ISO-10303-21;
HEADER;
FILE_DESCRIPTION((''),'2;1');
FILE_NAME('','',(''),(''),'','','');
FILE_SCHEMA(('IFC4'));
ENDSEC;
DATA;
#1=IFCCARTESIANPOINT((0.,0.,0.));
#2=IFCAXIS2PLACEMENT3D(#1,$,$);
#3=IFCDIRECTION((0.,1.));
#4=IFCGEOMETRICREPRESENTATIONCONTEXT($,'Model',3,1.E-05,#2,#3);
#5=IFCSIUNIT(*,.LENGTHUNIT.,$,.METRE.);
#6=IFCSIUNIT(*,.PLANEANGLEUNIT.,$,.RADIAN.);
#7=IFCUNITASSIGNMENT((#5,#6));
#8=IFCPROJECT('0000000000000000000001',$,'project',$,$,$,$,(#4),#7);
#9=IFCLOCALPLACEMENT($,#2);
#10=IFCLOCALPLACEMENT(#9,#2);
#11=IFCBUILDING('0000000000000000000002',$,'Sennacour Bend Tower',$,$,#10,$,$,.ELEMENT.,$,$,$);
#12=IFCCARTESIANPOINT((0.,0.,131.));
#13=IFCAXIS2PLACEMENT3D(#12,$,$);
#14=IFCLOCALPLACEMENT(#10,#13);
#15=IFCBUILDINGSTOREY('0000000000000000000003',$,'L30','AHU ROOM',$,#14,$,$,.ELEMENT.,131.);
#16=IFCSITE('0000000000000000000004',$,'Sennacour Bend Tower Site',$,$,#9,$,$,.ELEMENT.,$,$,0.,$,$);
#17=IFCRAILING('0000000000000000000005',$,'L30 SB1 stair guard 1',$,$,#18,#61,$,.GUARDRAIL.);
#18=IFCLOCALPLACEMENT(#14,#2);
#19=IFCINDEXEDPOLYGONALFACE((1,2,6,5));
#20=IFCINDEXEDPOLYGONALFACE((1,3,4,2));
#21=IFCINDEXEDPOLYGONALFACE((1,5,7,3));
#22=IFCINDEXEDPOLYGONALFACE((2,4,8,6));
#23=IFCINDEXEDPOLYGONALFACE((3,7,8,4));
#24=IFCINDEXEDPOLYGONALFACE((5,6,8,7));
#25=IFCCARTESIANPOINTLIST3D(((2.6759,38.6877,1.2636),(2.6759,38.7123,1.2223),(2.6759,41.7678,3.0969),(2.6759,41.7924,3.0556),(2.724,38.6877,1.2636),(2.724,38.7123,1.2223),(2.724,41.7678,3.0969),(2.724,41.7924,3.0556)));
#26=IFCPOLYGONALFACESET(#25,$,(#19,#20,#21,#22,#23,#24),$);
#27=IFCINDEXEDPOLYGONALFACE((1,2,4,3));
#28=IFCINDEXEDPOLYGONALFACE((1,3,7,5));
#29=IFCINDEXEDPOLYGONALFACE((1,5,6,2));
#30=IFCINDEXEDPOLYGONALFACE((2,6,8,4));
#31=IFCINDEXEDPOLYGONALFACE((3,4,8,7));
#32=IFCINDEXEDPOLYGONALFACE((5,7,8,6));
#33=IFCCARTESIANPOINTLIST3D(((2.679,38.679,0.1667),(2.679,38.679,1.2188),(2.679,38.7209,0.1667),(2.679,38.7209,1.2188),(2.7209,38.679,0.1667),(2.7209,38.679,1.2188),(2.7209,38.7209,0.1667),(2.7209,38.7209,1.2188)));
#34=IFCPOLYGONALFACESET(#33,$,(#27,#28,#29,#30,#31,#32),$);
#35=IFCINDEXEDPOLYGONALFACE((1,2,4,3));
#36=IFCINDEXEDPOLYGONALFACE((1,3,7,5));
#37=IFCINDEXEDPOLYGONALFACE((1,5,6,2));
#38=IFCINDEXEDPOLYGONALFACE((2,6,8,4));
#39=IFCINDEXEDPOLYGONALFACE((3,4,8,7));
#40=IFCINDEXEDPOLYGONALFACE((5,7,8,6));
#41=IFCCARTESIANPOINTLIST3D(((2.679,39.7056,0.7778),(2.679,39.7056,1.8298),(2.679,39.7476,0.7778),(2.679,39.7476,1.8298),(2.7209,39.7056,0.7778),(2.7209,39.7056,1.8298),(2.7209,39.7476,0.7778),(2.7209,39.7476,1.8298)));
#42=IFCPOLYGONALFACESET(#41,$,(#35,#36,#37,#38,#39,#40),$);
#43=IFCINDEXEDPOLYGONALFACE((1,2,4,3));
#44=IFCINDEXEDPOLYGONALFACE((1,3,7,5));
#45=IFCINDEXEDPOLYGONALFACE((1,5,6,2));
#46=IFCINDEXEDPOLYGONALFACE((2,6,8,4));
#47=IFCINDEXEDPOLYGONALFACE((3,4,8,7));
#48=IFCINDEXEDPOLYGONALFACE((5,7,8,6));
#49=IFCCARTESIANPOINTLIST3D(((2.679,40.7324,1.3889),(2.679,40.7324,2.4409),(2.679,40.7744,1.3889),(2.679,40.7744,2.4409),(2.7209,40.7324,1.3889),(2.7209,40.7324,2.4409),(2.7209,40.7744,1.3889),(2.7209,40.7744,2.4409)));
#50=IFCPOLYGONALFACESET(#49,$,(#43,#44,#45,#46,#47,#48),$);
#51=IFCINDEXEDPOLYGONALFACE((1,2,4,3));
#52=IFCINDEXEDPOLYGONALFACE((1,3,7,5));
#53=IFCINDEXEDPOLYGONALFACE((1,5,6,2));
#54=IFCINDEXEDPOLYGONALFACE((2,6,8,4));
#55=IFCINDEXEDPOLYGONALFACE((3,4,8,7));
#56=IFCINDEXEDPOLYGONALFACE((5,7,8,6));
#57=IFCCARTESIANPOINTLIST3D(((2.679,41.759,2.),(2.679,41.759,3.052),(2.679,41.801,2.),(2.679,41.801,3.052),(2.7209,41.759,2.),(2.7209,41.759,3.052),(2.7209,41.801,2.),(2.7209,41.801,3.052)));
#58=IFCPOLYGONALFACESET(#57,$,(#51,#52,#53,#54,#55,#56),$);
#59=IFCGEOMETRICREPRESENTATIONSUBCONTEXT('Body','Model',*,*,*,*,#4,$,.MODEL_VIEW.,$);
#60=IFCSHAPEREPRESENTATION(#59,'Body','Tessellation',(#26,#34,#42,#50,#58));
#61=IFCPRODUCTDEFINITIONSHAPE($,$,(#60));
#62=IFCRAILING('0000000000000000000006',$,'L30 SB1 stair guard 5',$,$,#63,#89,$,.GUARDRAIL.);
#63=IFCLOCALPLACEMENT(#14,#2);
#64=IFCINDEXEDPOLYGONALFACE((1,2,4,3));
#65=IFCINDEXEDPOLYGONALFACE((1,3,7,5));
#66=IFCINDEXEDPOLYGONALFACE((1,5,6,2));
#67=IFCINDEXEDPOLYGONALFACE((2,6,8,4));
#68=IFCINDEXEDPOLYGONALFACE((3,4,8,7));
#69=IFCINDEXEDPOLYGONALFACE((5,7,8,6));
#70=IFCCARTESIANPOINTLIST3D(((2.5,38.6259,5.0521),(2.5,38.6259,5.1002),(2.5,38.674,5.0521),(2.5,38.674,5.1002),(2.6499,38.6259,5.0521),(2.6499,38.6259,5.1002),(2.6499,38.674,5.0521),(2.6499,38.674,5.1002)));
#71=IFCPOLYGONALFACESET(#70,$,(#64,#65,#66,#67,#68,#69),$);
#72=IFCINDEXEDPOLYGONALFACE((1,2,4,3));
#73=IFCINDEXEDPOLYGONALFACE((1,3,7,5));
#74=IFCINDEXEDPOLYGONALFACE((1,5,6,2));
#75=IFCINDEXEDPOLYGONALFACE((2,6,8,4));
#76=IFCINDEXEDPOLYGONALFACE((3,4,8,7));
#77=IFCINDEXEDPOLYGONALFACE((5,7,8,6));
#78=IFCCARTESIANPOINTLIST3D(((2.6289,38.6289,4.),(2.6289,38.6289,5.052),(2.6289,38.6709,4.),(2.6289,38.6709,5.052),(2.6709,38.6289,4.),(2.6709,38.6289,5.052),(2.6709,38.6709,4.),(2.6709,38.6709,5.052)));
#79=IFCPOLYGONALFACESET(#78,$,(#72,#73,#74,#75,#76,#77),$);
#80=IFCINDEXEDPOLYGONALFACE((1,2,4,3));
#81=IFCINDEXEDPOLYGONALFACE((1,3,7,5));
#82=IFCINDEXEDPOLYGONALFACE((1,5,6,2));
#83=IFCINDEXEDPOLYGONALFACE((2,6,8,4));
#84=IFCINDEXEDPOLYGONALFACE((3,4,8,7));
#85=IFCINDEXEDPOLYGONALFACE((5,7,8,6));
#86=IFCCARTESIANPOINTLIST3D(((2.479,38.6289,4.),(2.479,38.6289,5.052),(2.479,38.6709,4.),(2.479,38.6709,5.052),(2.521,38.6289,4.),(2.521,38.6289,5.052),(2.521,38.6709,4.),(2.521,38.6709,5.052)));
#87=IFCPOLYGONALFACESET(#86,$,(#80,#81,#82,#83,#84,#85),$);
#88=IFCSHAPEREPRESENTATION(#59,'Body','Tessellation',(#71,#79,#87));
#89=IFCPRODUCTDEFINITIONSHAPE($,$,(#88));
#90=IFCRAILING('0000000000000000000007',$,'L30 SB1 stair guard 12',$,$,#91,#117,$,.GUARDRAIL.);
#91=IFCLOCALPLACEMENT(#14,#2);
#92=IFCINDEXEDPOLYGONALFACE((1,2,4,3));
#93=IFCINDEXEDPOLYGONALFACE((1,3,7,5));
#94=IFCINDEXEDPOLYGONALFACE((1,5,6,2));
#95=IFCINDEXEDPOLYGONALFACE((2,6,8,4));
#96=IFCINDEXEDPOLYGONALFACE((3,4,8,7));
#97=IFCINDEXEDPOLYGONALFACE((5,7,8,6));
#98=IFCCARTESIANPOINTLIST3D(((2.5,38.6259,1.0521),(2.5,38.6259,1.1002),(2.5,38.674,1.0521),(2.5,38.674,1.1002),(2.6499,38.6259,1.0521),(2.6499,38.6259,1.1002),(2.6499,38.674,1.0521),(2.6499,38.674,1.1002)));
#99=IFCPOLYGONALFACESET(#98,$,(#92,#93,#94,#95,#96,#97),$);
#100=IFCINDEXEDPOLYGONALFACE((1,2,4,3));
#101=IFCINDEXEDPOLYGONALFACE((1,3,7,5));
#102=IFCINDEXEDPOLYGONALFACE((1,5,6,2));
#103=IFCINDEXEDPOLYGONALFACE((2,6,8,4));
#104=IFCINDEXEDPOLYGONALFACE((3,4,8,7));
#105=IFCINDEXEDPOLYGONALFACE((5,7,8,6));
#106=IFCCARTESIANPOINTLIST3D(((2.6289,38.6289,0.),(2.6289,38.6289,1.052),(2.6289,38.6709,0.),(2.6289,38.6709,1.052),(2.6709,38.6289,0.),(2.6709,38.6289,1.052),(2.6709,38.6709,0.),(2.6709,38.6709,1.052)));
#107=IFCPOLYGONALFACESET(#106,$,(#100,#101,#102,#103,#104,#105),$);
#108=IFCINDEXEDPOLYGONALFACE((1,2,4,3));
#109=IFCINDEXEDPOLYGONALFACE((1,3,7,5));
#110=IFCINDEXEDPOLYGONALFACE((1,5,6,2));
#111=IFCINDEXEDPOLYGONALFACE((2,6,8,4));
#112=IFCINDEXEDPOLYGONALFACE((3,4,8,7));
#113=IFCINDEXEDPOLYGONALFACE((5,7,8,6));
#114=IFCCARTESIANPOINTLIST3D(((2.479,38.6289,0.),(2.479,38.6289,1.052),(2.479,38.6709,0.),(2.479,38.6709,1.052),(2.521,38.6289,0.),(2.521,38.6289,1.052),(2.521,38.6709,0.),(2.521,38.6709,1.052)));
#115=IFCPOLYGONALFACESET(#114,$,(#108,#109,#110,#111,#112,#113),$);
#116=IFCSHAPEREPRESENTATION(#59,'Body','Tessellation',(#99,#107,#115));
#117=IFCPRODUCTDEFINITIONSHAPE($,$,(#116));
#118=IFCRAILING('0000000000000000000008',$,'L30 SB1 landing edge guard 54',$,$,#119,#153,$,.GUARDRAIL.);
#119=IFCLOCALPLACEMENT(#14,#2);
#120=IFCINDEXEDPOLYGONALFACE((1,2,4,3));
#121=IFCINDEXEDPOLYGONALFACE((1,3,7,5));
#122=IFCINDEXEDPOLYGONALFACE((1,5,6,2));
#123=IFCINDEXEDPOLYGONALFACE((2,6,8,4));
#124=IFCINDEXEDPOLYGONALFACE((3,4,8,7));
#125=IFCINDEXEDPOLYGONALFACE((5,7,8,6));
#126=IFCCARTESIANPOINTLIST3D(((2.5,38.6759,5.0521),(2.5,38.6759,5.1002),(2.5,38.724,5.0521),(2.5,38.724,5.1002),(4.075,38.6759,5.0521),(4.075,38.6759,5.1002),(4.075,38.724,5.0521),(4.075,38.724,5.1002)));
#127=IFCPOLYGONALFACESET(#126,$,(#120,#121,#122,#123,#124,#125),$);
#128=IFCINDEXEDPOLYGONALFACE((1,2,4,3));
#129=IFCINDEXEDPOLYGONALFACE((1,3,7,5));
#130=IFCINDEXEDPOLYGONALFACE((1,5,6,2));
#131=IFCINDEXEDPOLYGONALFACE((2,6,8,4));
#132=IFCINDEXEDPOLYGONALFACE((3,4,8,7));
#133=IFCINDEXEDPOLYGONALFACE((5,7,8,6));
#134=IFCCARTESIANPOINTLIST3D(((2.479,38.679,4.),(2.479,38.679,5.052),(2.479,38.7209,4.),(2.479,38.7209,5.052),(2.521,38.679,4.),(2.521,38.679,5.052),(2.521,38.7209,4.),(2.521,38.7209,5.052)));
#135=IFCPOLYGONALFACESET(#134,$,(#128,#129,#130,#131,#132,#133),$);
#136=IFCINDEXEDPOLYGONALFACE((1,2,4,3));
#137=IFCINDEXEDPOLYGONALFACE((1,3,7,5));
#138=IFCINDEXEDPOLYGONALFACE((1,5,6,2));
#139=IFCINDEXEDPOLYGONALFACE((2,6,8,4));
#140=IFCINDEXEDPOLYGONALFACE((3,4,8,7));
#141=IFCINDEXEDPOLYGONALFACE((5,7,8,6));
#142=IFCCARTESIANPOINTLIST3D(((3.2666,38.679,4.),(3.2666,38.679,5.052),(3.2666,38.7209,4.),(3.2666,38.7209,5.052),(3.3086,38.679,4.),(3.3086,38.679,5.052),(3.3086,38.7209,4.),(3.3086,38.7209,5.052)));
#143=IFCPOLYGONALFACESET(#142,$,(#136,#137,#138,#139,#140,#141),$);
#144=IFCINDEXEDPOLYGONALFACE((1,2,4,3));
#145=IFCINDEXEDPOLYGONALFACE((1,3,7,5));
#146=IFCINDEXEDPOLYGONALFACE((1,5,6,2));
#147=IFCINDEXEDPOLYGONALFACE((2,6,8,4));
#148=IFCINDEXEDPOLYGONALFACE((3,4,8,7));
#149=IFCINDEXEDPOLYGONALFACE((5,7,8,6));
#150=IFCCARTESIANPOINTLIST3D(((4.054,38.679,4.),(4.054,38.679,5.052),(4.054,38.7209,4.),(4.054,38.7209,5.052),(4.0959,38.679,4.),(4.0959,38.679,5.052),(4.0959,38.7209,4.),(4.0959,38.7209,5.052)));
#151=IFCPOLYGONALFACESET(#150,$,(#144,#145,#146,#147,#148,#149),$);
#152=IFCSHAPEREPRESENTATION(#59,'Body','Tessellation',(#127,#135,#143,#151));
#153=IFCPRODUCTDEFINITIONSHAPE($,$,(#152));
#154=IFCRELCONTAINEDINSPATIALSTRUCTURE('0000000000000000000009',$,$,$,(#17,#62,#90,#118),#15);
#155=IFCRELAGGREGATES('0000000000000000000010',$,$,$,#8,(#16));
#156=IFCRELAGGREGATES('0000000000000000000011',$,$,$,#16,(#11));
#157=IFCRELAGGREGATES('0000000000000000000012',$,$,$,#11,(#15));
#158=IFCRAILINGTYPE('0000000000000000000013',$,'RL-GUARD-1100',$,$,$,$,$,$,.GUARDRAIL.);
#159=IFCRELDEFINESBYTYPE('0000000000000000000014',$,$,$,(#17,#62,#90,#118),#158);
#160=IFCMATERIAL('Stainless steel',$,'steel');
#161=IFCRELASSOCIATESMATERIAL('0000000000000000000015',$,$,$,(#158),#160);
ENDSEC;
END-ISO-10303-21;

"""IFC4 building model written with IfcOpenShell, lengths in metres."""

from ifc_helpers import new_model, si_unit, direction, frame, origin, origin_2d, place, context, subcontext, project, spatial, rectangle, extrude, material, type_object, element, save


model = new_model("IFC4")

# Units and contexts
model_context = context("Model", 3, precision=1e-05, world=origin(), true_north=direction((0.0, 1.0)))
body_context = subcontext(model_context, "Body", "Model", "MODEL_VIEW")
ifc_project = project(units=[si_unit("LENGTHUNIT", "METRE"), si_unit("PLANEANGLEUNIT", "RADIAN")], contexts=[model_context])

# Site, building, storey
site_placement = place(None, origin())
site = spatial("IfcSite", under=ifc_project, at=site_placement, Name="Sennacour Bend Tower Site", CompositionType="ELEMENT", RefElevation=0.0)
building_placement = place(site_placement, origin())
building = spatial("IfcBuilding", under=site, at=building_placement, Name="Sennacour Bend Tower", CompositionType="ELEMENT")
storey_placement = place(building_placement, frame((0.0, 0.0, 131.0)))
storey = spatial("IfcBuildingStorey", under=building, at=storey_placement, Name="L30", Description="AHU ROOM", CompositionType="ELEMENT", Elevation=131.0)

# Railings
ifc_material_1 = material(Name="Stainless steel", Category="steel")
railing_type = type_object("IfcRailingType", Name="RL-GUARD-1100", PredefinedType="GUARDRAIL", material=ifc_material_1)
railing_1_placement = place(storey_placement, frame((2.7, 38.7, 0.1667)))
element("IfcRailing", 1, at=railing_1_placement, inside=storey, type_object=railing_type, Name="L30 SB1 stair guard 1", PredefinedType="GUARDRAIL", context=body_context, shape_type="SweptSolid", body=[
    extrude(rectangle(XDim=0.0481, YDim=0.0481, at=origin_2d()), frame((0.0, 0.0, 1.0762), z_axis=(0.0, 0.859309, 0.511458), x_axis=(-1.0, 0.0, 0.0)), (0.0, 0.0, 1.0), 3.5845),
    extrude(rectangle(XDim=0.042, YDim=0.042, at=origin_2d()), origin(), (0.0, 0.0, 1.0), 1.052),
    extrude(rectangle(XDim=0.042, YDim=0.042, at=origin_2d()), frame((0.0, 1.0266, 0.6111)), (0.0, 0.0, 1.0), 1.052),
    extrude(rectangle(XDim=0.042, YDim=0.042, at=origin_2d()), frame((0.0, 2.0535, 1.2222)), (0.0, 0.0, 1.0), 1.052),
    extrude(rectangle(XDim=0.042, YDim=0.042, at=origin_2d()), frame((0.0, 3.0801, 1.8333)), (0.0, 0.0, 1.0), 1.052),
])
for number, where, name in (
    (2, (2.6499, 38.6499, 4.0), "L30 SB1 stair guard 5"),
    (3, (2.6499, 38.6499, 0.0), "L30 SB1 stair guard 12"),
):
    element("IfcRailing", number, at=place(storey_placement, frame(where)), inside=storey, type_object=railing_type, Name=name, PredefinedType="GUARDRAIL", context=body_context, shape_type="SweptSolid", body=[
        extrude(rectangle(XDim=0.0481, YDim=0.0481, at=origin_2d()), frame((0.0, 0.0, 1.0762), z_axis=(-1.0, 0.0, 0.0), x_axis=(0.0, -1.0, 0.0)), (0.0, 0.0, 1.0), 0.1499),
        extrude(rectangle(XDim=0.042, YDim=0.042, at=origin_2d()), origin(), (0.0, 0.0, 1.0), 1.052),
        extrude(rectangle(XDim=0.042, YDim=0.042, at=origin_2d()), frame((-0.1499, 0.0, 0.0)), (0.0, 0.0, 1.0), 1.052),
    ])
railing_2_placement = place(storey_placement, frame((2.5, 38.7, 4.0)))
element("IfcRailing", 4, at=railing_2_placement, inside=storey, type_object=railing_type, Name="L30 SB1 landing edge guard 54", PredefinedType="GUARDRAIL", context=body_context, shape_type="SweptSolid", body=[
    extrude(rectangle(XDim=0.0481, YDim=0.0481, at=origin_2d()), frame((0.0, 0.0, 1.0762), z_axis=(1.0, 0.0, 0.0), x_axis=(0.0, 1.0, 0.0)), (0.0, 0.0, 1.0), 1.575),
    extrude(rectangle(XDim=0.042, YDim=0.042, at=origin_2d()), origin(), (0.0, 0.0, 1.0), 1.052),
    extrude(rectangle(XDim=0.042, YDim=0.042, at=origin_2d()), frame((0.7876, 0.0, 0.0)), (0.0, 0.0, 1.0), 1.052),
    extrude(rectangle(XDim=0.042, YDim=0.042, at=origin_2d()), frame((1.575, 0.0, 0.0)), (0.0, 0.0, 1.0), 1.052),
])

save(model, "model.ifc")
